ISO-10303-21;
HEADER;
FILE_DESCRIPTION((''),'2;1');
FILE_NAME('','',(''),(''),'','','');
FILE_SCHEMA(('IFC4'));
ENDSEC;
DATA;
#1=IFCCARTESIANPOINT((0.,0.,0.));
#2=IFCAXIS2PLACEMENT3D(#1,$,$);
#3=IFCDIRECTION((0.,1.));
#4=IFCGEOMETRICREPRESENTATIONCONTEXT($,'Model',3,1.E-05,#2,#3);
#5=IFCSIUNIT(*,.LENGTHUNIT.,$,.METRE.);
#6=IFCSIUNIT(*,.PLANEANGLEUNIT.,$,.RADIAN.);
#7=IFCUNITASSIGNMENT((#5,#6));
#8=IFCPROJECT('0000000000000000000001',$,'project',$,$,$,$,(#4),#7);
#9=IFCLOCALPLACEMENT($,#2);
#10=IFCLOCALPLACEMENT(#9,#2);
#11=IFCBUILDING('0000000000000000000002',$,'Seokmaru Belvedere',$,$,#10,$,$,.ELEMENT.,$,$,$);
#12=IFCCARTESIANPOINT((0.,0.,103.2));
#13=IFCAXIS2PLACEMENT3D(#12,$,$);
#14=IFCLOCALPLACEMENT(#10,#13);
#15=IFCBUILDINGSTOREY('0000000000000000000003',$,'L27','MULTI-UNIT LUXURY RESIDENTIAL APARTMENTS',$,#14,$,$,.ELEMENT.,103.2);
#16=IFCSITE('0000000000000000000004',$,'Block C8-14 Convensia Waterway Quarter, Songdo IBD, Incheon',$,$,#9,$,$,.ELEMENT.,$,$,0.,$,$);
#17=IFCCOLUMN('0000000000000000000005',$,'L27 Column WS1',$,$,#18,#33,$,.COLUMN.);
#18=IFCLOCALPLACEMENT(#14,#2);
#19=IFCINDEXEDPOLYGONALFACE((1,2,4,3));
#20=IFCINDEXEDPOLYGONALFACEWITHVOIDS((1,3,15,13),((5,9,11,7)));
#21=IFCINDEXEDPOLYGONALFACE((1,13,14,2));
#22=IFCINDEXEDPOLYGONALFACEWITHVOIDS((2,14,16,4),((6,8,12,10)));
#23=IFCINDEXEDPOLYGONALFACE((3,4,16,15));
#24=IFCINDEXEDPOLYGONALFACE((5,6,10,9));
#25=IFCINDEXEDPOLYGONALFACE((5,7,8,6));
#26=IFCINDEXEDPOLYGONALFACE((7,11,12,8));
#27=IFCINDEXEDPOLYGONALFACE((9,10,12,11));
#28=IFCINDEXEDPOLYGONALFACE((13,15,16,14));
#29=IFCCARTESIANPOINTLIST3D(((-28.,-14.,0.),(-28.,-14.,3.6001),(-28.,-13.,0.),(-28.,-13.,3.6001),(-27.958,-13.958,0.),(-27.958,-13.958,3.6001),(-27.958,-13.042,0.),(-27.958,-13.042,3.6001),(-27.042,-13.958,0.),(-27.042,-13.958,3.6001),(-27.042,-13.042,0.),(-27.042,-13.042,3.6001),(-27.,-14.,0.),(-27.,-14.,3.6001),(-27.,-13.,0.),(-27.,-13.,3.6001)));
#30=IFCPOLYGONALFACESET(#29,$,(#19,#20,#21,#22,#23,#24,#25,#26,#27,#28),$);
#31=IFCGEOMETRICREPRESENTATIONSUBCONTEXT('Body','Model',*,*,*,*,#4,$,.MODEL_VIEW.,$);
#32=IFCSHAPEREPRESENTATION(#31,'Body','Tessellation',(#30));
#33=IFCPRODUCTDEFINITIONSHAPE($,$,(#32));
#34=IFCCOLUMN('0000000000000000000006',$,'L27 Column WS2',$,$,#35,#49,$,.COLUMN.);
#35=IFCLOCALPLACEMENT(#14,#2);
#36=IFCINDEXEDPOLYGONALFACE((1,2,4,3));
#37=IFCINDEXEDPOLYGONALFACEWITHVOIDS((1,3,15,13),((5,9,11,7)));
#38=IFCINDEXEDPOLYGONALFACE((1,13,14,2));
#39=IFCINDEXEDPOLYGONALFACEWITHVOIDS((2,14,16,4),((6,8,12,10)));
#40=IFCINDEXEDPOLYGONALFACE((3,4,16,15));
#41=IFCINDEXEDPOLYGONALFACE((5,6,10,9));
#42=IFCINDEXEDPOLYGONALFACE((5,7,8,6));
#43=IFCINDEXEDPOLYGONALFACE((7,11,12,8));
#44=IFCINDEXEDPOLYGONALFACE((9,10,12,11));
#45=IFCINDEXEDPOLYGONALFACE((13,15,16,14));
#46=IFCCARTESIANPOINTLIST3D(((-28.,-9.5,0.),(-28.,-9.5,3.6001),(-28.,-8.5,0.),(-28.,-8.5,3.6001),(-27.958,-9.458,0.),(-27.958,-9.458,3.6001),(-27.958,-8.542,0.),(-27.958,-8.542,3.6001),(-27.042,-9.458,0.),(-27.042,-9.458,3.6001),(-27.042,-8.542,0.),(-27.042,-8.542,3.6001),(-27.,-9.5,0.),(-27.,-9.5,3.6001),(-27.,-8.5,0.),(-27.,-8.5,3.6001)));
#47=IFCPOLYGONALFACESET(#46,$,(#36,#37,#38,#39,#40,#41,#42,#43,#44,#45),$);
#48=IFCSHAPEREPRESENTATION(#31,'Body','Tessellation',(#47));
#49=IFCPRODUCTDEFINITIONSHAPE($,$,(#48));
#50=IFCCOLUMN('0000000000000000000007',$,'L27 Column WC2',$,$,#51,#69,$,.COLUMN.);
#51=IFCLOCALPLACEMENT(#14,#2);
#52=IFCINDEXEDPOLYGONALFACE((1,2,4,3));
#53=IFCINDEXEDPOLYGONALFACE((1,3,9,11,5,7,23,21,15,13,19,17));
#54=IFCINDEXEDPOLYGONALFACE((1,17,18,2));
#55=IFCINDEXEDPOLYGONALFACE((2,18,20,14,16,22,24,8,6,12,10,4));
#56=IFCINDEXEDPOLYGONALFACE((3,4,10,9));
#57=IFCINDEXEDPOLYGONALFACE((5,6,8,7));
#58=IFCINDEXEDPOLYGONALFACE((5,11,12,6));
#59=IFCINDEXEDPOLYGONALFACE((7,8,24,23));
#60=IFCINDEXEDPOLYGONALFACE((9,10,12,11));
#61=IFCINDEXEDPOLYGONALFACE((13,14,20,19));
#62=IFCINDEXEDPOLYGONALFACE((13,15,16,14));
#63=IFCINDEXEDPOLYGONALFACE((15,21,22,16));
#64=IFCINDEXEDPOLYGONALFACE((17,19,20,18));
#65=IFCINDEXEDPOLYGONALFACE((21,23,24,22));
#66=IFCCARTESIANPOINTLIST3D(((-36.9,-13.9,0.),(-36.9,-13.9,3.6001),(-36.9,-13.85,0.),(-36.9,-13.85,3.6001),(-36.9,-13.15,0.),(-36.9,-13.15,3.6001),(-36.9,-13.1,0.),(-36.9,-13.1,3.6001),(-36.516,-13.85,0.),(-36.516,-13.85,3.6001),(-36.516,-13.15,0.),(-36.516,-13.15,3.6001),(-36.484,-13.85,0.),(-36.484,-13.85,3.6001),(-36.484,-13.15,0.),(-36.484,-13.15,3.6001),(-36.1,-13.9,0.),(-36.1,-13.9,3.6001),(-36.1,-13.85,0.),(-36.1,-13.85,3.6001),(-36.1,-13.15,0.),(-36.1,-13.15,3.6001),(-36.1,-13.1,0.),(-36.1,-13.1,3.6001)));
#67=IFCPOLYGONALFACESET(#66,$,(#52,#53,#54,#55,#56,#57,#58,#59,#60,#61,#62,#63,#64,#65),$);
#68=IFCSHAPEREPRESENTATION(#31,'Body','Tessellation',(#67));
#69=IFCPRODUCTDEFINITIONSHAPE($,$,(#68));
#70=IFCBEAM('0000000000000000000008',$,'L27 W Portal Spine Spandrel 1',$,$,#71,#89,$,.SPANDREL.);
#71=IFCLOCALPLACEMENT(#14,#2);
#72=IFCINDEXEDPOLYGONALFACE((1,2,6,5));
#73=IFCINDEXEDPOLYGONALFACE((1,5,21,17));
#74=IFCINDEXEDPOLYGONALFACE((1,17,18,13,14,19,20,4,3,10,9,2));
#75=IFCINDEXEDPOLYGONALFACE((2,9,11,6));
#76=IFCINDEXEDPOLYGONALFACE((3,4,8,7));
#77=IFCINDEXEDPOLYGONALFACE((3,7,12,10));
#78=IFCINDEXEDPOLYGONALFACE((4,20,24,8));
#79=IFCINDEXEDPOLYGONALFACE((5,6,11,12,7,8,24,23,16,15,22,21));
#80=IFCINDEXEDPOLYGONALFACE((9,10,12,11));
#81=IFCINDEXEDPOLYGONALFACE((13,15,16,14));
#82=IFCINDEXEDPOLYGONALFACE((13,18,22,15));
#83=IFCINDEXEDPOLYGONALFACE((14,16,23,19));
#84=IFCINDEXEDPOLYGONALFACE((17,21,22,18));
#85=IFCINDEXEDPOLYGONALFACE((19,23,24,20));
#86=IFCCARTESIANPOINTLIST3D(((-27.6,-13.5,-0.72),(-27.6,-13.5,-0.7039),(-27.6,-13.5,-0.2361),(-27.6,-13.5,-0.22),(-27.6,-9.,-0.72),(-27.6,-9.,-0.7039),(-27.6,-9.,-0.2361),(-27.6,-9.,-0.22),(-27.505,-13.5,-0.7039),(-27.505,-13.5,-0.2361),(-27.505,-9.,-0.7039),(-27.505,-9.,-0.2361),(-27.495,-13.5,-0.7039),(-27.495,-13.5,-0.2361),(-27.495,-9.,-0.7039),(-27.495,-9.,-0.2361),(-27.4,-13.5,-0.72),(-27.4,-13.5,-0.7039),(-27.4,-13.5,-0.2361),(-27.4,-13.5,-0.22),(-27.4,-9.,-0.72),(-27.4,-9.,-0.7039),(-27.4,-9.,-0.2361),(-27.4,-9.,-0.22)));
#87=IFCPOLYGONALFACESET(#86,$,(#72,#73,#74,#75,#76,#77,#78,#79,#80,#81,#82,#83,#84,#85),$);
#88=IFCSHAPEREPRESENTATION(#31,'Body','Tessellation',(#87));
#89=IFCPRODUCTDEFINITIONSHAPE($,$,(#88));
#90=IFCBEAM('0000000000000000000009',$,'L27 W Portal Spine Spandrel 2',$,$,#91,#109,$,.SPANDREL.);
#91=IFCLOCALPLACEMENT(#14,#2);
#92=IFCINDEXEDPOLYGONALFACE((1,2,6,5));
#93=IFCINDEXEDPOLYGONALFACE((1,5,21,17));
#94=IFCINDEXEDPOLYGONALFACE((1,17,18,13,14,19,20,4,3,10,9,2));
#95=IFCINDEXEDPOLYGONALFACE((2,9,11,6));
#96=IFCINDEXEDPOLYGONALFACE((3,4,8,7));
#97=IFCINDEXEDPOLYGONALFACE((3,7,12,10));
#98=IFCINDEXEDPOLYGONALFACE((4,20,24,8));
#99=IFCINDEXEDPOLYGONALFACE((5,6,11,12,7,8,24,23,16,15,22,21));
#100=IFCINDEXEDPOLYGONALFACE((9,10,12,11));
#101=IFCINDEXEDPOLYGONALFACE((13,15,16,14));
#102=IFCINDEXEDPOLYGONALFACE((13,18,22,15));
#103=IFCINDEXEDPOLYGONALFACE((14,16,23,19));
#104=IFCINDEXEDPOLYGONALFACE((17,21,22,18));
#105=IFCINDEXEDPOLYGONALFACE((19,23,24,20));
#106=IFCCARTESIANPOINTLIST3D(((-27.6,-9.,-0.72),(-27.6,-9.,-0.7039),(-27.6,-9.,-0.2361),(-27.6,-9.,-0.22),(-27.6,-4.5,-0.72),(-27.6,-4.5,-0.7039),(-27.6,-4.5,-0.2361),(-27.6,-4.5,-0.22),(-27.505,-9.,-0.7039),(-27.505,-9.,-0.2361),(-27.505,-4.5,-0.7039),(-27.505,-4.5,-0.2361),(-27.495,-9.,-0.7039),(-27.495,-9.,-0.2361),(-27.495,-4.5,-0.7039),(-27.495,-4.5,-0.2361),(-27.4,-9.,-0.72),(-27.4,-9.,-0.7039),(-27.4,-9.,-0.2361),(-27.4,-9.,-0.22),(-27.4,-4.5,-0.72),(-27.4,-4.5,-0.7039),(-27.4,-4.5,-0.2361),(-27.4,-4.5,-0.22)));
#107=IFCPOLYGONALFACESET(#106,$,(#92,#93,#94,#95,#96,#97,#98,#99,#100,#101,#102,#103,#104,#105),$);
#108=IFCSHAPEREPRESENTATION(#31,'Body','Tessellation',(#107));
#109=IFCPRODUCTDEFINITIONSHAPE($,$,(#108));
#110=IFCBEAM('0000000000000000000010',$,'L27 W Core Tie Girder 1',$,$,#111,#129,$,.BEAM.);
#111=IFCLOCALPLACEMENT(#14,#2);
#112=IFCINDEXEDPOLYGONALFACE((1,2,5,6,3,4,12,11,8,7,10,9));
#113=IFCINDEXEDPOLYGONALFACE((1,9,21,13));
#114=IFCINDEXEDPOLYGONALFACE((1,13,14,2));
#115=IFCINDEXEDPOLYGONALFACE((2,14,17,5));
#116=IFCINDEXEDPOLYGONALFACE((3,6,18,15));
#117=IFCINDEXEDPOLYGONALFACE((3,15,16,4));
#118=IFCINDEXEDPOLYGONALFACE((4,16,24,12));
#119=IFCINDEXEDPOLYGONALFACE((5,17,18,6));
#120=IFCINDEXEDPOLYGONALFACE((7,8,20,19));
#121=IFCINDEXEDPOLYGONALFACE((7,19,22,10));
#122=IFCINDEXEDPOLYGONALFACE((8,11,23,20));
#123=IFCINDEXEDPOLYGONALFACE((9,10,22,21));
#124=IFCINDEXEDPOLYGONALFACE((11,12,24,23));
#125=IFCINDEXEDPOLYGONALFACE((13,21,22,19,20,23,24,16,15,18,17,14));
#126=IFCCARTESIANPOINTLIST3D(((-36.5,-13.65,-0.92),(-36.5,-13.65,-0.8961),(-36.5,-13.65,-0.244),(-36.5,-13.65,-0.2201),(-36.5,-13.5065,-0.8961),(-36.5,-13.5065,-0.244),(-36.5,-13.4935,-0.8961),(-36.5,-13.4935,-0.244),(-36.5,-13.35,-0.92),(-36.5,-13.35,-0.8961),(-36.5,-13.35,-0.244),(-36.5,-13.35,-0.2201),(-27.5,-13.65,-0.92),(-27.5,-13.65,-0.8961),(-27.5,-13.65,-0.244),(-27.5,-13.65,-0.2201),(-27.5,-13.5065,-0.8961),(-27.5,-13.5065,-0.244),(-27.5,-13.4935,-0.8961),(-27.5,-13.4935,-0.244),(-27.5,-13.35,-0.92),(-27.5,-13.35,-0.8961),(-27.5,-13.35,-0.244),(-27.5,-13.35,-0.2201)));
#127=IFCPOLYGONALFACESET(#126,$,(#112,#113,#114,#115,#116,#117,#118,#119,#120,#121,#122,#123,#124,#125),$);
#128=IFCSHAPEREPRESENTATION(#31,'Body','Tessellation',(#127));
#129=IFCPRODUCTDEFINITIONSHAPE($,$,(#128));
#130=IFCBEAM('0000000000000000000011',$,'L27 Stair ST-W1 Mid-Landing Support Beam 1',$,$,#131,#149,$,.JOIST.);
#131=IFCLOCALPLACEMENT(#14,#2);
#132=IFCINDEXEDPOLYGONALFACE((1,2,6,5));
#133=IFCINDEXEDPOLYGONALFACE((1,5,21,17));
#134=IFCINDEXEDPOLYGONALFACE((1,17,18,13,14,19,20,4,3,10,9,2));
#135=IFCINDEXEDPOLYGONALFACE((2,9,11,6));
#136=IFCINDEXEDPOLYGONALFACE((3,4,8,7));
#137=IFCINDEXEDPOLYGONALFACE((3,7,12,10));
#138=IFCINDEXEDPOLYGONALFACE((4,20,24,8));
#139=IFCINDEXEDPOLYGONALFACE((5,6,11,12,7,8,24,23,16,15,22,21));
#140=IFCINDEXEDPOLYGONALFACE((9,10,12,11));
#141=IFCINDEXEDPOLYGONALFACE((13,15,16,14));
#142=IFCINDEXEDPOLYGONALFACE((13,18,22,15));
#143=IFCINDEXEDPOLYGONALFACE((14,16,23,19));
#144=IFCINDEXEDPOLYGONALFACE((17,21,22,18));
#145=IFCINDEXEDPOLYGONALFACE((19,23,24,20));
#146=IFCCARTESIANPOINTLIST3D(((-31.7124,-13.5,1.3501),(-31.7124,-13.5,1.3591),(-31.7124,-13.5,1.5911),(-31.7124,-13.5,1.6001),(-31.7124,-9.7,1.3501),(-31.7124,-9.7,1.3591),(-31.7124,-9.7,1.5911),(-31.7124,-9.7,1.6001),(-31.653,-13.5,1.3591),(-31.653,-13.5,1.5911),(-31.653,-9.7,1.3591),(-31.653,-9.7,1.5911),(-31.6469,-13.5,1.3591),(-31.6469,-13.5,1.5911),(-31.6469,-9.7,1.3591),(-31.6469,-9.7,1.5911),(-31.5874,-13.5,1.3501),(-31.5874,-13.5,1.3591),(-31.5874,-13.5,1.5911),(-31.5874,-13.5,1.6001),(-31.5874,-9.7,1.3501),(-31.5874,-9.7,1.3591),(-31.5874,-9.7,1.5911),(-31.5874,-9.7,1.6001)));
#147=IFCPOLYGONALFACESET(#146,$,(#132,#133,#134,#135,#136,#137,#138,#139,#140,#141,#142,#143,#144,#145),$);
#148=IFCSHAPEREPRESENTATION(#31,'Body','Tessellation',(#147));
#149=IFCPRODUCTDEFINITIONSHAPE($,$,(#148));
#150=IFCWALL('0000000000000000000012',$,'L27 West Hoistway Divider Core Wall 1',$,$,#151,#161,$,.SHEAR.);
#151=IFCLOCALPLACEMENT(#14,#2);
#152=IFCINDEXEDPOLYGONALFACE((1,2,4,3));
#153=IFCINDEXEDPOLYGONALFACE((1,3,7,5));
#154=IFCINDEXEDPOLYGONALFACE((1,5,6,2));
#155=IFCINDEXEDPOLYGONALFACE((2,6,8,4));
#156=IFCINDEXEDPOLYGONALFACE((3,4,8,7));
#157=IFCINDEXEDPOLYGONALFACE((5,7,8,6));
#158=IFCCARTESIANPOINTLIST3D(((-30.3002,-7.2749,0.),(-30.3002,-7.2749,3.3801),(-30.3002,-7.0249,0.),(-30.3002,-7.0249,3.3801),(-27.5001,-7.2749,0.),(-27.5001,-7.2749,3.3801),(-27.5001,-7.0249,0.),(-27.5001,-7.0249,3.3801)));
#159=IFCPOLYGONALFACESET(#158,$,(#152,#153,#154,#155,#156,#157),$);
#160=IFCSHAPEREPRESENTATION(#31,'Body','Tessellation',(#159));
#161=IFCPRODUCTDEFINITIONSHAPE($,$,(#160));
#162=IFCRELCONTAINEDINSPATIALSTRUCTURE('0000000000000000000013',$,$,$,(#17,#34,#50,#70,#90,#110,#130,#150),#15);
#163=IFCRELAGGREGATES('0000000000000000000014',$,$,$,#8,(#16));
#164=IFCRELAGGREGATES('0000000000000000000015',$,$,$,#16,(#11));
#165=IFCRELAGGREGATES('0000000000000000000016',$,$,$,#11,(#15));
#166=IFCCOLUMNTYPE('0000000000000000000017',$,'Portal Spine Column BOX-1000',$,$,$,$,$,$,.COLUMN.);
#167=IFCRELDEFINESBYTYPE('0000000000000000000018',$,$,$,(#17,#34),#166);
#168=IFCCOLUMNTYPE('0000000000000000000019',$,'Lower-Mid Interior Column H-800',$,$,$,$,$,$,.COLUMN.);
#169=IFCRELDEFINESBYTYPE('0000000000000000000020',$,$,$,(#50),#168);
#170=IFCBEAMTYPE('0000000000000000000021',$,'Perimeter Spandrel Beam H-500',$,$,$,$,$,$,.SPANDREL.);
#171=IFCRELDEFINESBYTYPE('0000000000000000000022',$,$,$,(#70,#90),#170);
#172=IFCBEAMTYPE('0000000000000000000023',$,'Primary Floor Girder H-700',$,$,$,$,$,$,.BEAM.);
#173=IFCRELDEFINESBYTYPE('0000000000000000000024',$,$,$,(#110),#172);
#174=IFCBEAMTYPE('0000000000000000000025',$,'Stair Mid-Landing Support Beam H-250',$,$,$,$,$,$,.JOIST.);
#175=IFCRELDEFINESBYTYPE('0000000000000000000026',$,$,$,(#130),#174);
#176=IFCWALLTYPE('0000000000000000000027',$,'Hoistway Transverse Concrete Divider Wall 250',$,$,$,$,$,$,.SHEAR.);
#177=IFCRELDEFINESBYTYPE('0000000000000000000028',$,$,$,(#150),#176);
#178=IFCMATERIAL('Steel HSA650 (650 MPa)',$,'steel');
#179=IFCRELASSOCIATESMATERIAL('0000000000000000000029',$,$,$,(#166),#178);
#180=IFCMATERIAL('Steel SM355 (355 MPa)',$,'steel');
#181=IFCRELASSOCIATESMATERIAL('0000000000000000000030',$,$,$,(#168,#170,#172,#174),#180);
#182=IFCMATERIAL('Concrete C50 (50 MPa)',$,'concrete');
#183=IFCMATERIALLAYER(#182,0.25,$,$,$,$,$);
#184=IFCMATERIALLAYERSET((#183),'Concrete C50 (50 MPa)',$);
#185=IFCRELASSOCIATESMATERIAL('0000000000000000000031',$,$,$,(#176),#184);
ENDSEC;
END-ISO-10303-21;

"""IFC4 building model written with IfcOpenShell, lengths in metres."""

from ifc_helpers import new_model, si_unit, direction, frame, frame_2d, origin, origin_2d, place, context, subcontext, project, spatial, rectangle, hollow_rectangle, i_section, extrude, source, transform, mapped, material, layer, layer_set, material_profile, profile_set, type_object, type_shapes, element, save


model = new_model("IFC4")

# Units and contexts
model_context = context("Model", 3, precision=1e-05, world=origin(), true_north=direction((0.0, 1.0)))
body_context = subcontext(model_context, "Body", "Model", "MODEL_VIEW")
ifc_project = project(units=[si_unit("LENGTHUNIT", "METRE"), si_unit("PLANEANGLEUNIT", "RADIAN")], contexts=[model_context])

# Site, building, storey
site_placement = place(None, origin())
site = spatial("IfcSite", under=ifc_project, at=site_placement, Name="Block C8-14 Convensia Waterway Quarter, Songdo IBD, Incheon", CompositionType="ELEMENT", RefElevation=0.0)
building_placement = place(site_placement, origin())
building = spatial("IfcBuilding", under=site, at=building_placement, Name="Seokmaru Belvedere", CompositionType="ELEMENT")
storey_placement = place(building_placement, frame((0.0, 0.0, 103.2)))
storey = spatial("IfcBuildingStorey", under=building, at=storey_placement, Name="L27", Description="MULTI-UNIT LUXURY RESIDENTIAL APARTMENTS", CompositionType="ELEMENT", Elevation=103.2)

# Columns
ifc_material_1 = material(Name="Steel HSA650 (650 MPa)", Category="steel")
ifc_material_profile_1 = material_profile(ifc_material_1, hollow_rectangle(XDim=1.0, YDim=1.0, WallThickness=0.042, at=origin_2d()), Name="BOX-1000x1000x42")
ifc_profile_set_1 = profile_set([ifc_material_profile_1], Name="Steel HSA650 (650 MPa)")
column_type_1 = type_object("IfcColumnType", Name="Portal Spine Column BOX-1000", PredefinedType="COLUMN", material=ifc_profile_set_1)
shared_shape_1 = source(origin(), body_context, "Body", "SweptSolid", [
    extrude(hollow_rectangle(XDim=1.0, YDim=1.0, WallThickness=0.042, at=origin_2d()), origin(), (0.0, 0.0, 1.0), 3.6001),
])
type_shapes(column_type_1, [shared_shape_1])
for number, where, z_axis, x_axis, name in (
    (1, (-27.5, -13.5, 0.0), (0.0, 0.0, 1.0), (1.0, 0.0, 0.0), "L27 Column WS1"),
    (2, (-27.5, -9.0, 0.0), (0.0, 0.0, 1.0), (1.0, 0.0, 0.0), "L27 Column WS2"),
):
    element("IfcColumn", number, at=place(storey_placement, frame(where, z_axis=z_axis, x_axis=x_axis)), inside=storey, type_object=column_type_1, Name=name, PredefinedType="COLUMN", context=body_context, shape_type="MappedRepresentation", body=[
        mapped(shared_shape_1, transform((0.0, 0.0, 0.0), scale=1.0)),
    ])
ifc_material_2 = material(Name="Steel SM355 (355 MPa)", Category="steel")
ifc_material_profile_2 = material_profile(ifc_material_2, i_section(OverallWidth=0.8, OverallDepth=0.8, WebThickness=0.032, FlangeThickness=0.05, at=origin_2d()), Name="H-800x800x32x50")
ifc_profile_set_2 = profile_set([ifc_material_profile_2], Name="Steel SM355 (355 MPa)")
column_type_2 = type_object("IfcColumnType", Name="Lower-Mid Interior Column H-800", PredefinedType="COLUMN", material=ifc_profile_set_2)
shared_shape_2 = source(origin(), body_context, "Body", "SweptSolid", [
    extrude(i_section(OverallWidth=0.8, OverallDepth=0.8, WebThickness=0.032, FlangeThickness=0.05, at=origin_2d()), origin(), (0.0, 0.0, 1.0), 3.6001),
])
type_shapes(column_type_2, [shared_shape_2])
column_placement = place(storey_placement, frame((-36.5, -13.5, 0.0), z_axis=(0.0, 0.0, 1.0), x_axis=(1.0, 0.0, 0.0)))
element("IfcColumn", 3, at=column_placement, inside=storey, type_object=column_type_2, Name="L27 Column WC2", PredefinedType="COLUMN", context=body_context, shape_type="MappedRepresentation", body=[
    mapped(shared_shape_2, transform((0.0, 0.0, 0.0), scale=1.0)),
])

# Beams
ifc_material_profile_3 = material_profile(ifc_material_2, i_section(OverallWidth=0.2, OverallDepth=0.5, WebThickness=0.01, FlangeThickness=0.0161, at=origin_2d()), Name="H-500x200x10x16")
ifc_profile_set_3 = profile_set([ifc_material_profile_3], Name="Steel SM355 (355 MPa)")
beam_type_1 = type_object("IfcBeamType", Name="Perimeter Spandrel Beam H-500", PredefinedType="SPANDREL", material=ifc_profile_set_3)
shared_shape_3 = source(origin(), body_context, "Body", "SweptSolid", [
    extrude(i_section(OverallWidth=0.2, OverallDepth=0.5, WebThickness=0.01, FlangeThickness=0.0161, at=origin_2d()), origin(), (0.0, 0.0, 1.0), 4.5),
])
type_shapes(beam_type_1, [shared_shape_3])
for number, where, z_axis, x_axis, name in (
    (4, (-27.5, -13.5, -0.47), (0.0, 1.0, 0.0), (-1.0, 0.0, 0.0), "L27 W Portal Spine Spandrel 1"),
    (5, (-27.5, -9.0, -0.47), (0.0, 1.0, 0.0), (-1.0, 0.0, 0.0), "L27 W Portal Spine Spandrel 2"),
):
    element("IfcBeam", number, at=place(storey_placement, frame(where, z_axis=z_axis, x_axis=x_axis)), inside=storey, type_object=beam_type_1, Name=name, PredefinedType="SPANDREL", context=body_context, shape_type="MappedRepresentation", body=[
        mapped(shared_shape_3, transform((0.0, 0.0, 0.0), scale=1.0)),
    ])
ifc_material_profile_4 = material_profile(ifc_material_2, i_section(OverallWidth=0.3, OverallDepth=0.7, WebThickness=0.0129, FlangeThickness=0.0239, at=origin_2d()), Name="H-700x300x13x24")
ifc_profile_set_4 = profile_set([ifc_material_profile_4], Name="Steel SM355 (355 MPa)")
beam_type_2 = type_object("IfcBeamType", Name="Primary Floor Girder H-700", PredefinedType="BEAM", material=ifc_profile_set_4)
shared_shape_4 = source(origin(), body_context, "Body", "SweptSolid", [
    extrude(i_section(OverallWidth=0.3, OverallDepth=0.7, WebThickness=0.0129, FlangeThickness=0.0239, at=origin_2d()), origin(), (0.0, 0.0, 1.0), 9.0),
])
type_shapes(beam_type_2, [shared_shape_4])
beam_1_placement = place(storey_placement, frame((-36.5, -13.5, -0.5701), z_axis=(1.0, 0.0, 0.0), x_axis=(0.0, 1.0, 0.0)))
element("IfcBeam", 6, at=beam_1_placement, inside=storey, type_object=beam_type_2, Name="L27 W Core Tie Girder 1", PredefinedType="BEAM", context=body_context, shape_type="MappedRepresentation", body=[
    mapped(shared_shape_4, transform((0.0, 0.0, 0.0), scale=1.0)),
])
ifc_material_profile_5 = material_profile(ifc_material_2, i_section(OverallWidth=0.125, OverallDepth=0.25, WebThickness=0.0061, FlangeThickness=0.009, at=origin_2d()), Name="H-250x125x6x9")
ifc_profile_set_5 = profile_set([ifc_material_profile_5], Name="Steel SM355 (355 MPa)")
beam_type_3 = type_object("IfcBeamType", Name="Stair Mid-Landing Support Beam H-250", PredefinedType="JOIST", material=ifc_profile_set_5)
shared_shape_5 = source(origin(), body_context, "Body", "SweptSolid", [
    extrude(i_section(OverallWidth=0.125, OverallDepth=0.25, WebThickness=0.0061, FlangeThickness=0.009, at=origin_2d()), origin(), (0.0, 0.0, 1.0), 3.8),
])
type_shapes(beam_type_3, [shared_shape_5])
beam_2_placement = place(storey_placement, frame((-31.6499, -13.5, 1.4751), z_axis=(0.0, 1.0, 0.0), x_axis=(-1.0, 0.0, 0.0)))
element("IfcBeam", 7, at=beam_2_placement, inside=storey, type_object=beam_type_3, Name="L27 Stair ST-W1 Mid-Landing Support Beam 1", PredefinedType="JOIST", context=body_context, shape_type="MappedRepresentation", body=[
    mapped(shared_shape_5, transform((0.0, 0.0, 0.0), scale=1.0)),
])

# Wall
ifc_material_3 = material(Name="Concrete C50 (50 MPa)", Category="concrete")
ifc_layer_1 = layer(ifc_material_3, 0.25)
ifc_layer_set_1 = layer_set([ifc_layer_1], Name="Concrete C50 (50 MPa)")
wall_type_1 = type_object("IfcWallType", Name="Hoistway Transverse Concrete Divider Wall 250", PredefinedType="SHEAR", material=ifc_layer_set_1)
wall_1_placement = place(storey_placement, frame((-30.3, -7.1499, 0.0), z_axis=(0.0, 0.0, 1.0), x_axis=(1.0, 0.0, 0.0)))
element("IfcWall", 8, at=wall_1_placement, inside=storey, type_object=wall_type_1, Name="L27 West Hoistway Divider Core Wall 1", PredefinedType="SHEAR", context=body_context, shape_type="SweptSolid", body=[
    extrude(rectangle(XDim=2.8, YDim=0.25, at=frame_2d((1.3999, 0.0))), origin(), (0.0, 0.0, 1.0), 3.3801),
])

save(model, "model.ifc")
